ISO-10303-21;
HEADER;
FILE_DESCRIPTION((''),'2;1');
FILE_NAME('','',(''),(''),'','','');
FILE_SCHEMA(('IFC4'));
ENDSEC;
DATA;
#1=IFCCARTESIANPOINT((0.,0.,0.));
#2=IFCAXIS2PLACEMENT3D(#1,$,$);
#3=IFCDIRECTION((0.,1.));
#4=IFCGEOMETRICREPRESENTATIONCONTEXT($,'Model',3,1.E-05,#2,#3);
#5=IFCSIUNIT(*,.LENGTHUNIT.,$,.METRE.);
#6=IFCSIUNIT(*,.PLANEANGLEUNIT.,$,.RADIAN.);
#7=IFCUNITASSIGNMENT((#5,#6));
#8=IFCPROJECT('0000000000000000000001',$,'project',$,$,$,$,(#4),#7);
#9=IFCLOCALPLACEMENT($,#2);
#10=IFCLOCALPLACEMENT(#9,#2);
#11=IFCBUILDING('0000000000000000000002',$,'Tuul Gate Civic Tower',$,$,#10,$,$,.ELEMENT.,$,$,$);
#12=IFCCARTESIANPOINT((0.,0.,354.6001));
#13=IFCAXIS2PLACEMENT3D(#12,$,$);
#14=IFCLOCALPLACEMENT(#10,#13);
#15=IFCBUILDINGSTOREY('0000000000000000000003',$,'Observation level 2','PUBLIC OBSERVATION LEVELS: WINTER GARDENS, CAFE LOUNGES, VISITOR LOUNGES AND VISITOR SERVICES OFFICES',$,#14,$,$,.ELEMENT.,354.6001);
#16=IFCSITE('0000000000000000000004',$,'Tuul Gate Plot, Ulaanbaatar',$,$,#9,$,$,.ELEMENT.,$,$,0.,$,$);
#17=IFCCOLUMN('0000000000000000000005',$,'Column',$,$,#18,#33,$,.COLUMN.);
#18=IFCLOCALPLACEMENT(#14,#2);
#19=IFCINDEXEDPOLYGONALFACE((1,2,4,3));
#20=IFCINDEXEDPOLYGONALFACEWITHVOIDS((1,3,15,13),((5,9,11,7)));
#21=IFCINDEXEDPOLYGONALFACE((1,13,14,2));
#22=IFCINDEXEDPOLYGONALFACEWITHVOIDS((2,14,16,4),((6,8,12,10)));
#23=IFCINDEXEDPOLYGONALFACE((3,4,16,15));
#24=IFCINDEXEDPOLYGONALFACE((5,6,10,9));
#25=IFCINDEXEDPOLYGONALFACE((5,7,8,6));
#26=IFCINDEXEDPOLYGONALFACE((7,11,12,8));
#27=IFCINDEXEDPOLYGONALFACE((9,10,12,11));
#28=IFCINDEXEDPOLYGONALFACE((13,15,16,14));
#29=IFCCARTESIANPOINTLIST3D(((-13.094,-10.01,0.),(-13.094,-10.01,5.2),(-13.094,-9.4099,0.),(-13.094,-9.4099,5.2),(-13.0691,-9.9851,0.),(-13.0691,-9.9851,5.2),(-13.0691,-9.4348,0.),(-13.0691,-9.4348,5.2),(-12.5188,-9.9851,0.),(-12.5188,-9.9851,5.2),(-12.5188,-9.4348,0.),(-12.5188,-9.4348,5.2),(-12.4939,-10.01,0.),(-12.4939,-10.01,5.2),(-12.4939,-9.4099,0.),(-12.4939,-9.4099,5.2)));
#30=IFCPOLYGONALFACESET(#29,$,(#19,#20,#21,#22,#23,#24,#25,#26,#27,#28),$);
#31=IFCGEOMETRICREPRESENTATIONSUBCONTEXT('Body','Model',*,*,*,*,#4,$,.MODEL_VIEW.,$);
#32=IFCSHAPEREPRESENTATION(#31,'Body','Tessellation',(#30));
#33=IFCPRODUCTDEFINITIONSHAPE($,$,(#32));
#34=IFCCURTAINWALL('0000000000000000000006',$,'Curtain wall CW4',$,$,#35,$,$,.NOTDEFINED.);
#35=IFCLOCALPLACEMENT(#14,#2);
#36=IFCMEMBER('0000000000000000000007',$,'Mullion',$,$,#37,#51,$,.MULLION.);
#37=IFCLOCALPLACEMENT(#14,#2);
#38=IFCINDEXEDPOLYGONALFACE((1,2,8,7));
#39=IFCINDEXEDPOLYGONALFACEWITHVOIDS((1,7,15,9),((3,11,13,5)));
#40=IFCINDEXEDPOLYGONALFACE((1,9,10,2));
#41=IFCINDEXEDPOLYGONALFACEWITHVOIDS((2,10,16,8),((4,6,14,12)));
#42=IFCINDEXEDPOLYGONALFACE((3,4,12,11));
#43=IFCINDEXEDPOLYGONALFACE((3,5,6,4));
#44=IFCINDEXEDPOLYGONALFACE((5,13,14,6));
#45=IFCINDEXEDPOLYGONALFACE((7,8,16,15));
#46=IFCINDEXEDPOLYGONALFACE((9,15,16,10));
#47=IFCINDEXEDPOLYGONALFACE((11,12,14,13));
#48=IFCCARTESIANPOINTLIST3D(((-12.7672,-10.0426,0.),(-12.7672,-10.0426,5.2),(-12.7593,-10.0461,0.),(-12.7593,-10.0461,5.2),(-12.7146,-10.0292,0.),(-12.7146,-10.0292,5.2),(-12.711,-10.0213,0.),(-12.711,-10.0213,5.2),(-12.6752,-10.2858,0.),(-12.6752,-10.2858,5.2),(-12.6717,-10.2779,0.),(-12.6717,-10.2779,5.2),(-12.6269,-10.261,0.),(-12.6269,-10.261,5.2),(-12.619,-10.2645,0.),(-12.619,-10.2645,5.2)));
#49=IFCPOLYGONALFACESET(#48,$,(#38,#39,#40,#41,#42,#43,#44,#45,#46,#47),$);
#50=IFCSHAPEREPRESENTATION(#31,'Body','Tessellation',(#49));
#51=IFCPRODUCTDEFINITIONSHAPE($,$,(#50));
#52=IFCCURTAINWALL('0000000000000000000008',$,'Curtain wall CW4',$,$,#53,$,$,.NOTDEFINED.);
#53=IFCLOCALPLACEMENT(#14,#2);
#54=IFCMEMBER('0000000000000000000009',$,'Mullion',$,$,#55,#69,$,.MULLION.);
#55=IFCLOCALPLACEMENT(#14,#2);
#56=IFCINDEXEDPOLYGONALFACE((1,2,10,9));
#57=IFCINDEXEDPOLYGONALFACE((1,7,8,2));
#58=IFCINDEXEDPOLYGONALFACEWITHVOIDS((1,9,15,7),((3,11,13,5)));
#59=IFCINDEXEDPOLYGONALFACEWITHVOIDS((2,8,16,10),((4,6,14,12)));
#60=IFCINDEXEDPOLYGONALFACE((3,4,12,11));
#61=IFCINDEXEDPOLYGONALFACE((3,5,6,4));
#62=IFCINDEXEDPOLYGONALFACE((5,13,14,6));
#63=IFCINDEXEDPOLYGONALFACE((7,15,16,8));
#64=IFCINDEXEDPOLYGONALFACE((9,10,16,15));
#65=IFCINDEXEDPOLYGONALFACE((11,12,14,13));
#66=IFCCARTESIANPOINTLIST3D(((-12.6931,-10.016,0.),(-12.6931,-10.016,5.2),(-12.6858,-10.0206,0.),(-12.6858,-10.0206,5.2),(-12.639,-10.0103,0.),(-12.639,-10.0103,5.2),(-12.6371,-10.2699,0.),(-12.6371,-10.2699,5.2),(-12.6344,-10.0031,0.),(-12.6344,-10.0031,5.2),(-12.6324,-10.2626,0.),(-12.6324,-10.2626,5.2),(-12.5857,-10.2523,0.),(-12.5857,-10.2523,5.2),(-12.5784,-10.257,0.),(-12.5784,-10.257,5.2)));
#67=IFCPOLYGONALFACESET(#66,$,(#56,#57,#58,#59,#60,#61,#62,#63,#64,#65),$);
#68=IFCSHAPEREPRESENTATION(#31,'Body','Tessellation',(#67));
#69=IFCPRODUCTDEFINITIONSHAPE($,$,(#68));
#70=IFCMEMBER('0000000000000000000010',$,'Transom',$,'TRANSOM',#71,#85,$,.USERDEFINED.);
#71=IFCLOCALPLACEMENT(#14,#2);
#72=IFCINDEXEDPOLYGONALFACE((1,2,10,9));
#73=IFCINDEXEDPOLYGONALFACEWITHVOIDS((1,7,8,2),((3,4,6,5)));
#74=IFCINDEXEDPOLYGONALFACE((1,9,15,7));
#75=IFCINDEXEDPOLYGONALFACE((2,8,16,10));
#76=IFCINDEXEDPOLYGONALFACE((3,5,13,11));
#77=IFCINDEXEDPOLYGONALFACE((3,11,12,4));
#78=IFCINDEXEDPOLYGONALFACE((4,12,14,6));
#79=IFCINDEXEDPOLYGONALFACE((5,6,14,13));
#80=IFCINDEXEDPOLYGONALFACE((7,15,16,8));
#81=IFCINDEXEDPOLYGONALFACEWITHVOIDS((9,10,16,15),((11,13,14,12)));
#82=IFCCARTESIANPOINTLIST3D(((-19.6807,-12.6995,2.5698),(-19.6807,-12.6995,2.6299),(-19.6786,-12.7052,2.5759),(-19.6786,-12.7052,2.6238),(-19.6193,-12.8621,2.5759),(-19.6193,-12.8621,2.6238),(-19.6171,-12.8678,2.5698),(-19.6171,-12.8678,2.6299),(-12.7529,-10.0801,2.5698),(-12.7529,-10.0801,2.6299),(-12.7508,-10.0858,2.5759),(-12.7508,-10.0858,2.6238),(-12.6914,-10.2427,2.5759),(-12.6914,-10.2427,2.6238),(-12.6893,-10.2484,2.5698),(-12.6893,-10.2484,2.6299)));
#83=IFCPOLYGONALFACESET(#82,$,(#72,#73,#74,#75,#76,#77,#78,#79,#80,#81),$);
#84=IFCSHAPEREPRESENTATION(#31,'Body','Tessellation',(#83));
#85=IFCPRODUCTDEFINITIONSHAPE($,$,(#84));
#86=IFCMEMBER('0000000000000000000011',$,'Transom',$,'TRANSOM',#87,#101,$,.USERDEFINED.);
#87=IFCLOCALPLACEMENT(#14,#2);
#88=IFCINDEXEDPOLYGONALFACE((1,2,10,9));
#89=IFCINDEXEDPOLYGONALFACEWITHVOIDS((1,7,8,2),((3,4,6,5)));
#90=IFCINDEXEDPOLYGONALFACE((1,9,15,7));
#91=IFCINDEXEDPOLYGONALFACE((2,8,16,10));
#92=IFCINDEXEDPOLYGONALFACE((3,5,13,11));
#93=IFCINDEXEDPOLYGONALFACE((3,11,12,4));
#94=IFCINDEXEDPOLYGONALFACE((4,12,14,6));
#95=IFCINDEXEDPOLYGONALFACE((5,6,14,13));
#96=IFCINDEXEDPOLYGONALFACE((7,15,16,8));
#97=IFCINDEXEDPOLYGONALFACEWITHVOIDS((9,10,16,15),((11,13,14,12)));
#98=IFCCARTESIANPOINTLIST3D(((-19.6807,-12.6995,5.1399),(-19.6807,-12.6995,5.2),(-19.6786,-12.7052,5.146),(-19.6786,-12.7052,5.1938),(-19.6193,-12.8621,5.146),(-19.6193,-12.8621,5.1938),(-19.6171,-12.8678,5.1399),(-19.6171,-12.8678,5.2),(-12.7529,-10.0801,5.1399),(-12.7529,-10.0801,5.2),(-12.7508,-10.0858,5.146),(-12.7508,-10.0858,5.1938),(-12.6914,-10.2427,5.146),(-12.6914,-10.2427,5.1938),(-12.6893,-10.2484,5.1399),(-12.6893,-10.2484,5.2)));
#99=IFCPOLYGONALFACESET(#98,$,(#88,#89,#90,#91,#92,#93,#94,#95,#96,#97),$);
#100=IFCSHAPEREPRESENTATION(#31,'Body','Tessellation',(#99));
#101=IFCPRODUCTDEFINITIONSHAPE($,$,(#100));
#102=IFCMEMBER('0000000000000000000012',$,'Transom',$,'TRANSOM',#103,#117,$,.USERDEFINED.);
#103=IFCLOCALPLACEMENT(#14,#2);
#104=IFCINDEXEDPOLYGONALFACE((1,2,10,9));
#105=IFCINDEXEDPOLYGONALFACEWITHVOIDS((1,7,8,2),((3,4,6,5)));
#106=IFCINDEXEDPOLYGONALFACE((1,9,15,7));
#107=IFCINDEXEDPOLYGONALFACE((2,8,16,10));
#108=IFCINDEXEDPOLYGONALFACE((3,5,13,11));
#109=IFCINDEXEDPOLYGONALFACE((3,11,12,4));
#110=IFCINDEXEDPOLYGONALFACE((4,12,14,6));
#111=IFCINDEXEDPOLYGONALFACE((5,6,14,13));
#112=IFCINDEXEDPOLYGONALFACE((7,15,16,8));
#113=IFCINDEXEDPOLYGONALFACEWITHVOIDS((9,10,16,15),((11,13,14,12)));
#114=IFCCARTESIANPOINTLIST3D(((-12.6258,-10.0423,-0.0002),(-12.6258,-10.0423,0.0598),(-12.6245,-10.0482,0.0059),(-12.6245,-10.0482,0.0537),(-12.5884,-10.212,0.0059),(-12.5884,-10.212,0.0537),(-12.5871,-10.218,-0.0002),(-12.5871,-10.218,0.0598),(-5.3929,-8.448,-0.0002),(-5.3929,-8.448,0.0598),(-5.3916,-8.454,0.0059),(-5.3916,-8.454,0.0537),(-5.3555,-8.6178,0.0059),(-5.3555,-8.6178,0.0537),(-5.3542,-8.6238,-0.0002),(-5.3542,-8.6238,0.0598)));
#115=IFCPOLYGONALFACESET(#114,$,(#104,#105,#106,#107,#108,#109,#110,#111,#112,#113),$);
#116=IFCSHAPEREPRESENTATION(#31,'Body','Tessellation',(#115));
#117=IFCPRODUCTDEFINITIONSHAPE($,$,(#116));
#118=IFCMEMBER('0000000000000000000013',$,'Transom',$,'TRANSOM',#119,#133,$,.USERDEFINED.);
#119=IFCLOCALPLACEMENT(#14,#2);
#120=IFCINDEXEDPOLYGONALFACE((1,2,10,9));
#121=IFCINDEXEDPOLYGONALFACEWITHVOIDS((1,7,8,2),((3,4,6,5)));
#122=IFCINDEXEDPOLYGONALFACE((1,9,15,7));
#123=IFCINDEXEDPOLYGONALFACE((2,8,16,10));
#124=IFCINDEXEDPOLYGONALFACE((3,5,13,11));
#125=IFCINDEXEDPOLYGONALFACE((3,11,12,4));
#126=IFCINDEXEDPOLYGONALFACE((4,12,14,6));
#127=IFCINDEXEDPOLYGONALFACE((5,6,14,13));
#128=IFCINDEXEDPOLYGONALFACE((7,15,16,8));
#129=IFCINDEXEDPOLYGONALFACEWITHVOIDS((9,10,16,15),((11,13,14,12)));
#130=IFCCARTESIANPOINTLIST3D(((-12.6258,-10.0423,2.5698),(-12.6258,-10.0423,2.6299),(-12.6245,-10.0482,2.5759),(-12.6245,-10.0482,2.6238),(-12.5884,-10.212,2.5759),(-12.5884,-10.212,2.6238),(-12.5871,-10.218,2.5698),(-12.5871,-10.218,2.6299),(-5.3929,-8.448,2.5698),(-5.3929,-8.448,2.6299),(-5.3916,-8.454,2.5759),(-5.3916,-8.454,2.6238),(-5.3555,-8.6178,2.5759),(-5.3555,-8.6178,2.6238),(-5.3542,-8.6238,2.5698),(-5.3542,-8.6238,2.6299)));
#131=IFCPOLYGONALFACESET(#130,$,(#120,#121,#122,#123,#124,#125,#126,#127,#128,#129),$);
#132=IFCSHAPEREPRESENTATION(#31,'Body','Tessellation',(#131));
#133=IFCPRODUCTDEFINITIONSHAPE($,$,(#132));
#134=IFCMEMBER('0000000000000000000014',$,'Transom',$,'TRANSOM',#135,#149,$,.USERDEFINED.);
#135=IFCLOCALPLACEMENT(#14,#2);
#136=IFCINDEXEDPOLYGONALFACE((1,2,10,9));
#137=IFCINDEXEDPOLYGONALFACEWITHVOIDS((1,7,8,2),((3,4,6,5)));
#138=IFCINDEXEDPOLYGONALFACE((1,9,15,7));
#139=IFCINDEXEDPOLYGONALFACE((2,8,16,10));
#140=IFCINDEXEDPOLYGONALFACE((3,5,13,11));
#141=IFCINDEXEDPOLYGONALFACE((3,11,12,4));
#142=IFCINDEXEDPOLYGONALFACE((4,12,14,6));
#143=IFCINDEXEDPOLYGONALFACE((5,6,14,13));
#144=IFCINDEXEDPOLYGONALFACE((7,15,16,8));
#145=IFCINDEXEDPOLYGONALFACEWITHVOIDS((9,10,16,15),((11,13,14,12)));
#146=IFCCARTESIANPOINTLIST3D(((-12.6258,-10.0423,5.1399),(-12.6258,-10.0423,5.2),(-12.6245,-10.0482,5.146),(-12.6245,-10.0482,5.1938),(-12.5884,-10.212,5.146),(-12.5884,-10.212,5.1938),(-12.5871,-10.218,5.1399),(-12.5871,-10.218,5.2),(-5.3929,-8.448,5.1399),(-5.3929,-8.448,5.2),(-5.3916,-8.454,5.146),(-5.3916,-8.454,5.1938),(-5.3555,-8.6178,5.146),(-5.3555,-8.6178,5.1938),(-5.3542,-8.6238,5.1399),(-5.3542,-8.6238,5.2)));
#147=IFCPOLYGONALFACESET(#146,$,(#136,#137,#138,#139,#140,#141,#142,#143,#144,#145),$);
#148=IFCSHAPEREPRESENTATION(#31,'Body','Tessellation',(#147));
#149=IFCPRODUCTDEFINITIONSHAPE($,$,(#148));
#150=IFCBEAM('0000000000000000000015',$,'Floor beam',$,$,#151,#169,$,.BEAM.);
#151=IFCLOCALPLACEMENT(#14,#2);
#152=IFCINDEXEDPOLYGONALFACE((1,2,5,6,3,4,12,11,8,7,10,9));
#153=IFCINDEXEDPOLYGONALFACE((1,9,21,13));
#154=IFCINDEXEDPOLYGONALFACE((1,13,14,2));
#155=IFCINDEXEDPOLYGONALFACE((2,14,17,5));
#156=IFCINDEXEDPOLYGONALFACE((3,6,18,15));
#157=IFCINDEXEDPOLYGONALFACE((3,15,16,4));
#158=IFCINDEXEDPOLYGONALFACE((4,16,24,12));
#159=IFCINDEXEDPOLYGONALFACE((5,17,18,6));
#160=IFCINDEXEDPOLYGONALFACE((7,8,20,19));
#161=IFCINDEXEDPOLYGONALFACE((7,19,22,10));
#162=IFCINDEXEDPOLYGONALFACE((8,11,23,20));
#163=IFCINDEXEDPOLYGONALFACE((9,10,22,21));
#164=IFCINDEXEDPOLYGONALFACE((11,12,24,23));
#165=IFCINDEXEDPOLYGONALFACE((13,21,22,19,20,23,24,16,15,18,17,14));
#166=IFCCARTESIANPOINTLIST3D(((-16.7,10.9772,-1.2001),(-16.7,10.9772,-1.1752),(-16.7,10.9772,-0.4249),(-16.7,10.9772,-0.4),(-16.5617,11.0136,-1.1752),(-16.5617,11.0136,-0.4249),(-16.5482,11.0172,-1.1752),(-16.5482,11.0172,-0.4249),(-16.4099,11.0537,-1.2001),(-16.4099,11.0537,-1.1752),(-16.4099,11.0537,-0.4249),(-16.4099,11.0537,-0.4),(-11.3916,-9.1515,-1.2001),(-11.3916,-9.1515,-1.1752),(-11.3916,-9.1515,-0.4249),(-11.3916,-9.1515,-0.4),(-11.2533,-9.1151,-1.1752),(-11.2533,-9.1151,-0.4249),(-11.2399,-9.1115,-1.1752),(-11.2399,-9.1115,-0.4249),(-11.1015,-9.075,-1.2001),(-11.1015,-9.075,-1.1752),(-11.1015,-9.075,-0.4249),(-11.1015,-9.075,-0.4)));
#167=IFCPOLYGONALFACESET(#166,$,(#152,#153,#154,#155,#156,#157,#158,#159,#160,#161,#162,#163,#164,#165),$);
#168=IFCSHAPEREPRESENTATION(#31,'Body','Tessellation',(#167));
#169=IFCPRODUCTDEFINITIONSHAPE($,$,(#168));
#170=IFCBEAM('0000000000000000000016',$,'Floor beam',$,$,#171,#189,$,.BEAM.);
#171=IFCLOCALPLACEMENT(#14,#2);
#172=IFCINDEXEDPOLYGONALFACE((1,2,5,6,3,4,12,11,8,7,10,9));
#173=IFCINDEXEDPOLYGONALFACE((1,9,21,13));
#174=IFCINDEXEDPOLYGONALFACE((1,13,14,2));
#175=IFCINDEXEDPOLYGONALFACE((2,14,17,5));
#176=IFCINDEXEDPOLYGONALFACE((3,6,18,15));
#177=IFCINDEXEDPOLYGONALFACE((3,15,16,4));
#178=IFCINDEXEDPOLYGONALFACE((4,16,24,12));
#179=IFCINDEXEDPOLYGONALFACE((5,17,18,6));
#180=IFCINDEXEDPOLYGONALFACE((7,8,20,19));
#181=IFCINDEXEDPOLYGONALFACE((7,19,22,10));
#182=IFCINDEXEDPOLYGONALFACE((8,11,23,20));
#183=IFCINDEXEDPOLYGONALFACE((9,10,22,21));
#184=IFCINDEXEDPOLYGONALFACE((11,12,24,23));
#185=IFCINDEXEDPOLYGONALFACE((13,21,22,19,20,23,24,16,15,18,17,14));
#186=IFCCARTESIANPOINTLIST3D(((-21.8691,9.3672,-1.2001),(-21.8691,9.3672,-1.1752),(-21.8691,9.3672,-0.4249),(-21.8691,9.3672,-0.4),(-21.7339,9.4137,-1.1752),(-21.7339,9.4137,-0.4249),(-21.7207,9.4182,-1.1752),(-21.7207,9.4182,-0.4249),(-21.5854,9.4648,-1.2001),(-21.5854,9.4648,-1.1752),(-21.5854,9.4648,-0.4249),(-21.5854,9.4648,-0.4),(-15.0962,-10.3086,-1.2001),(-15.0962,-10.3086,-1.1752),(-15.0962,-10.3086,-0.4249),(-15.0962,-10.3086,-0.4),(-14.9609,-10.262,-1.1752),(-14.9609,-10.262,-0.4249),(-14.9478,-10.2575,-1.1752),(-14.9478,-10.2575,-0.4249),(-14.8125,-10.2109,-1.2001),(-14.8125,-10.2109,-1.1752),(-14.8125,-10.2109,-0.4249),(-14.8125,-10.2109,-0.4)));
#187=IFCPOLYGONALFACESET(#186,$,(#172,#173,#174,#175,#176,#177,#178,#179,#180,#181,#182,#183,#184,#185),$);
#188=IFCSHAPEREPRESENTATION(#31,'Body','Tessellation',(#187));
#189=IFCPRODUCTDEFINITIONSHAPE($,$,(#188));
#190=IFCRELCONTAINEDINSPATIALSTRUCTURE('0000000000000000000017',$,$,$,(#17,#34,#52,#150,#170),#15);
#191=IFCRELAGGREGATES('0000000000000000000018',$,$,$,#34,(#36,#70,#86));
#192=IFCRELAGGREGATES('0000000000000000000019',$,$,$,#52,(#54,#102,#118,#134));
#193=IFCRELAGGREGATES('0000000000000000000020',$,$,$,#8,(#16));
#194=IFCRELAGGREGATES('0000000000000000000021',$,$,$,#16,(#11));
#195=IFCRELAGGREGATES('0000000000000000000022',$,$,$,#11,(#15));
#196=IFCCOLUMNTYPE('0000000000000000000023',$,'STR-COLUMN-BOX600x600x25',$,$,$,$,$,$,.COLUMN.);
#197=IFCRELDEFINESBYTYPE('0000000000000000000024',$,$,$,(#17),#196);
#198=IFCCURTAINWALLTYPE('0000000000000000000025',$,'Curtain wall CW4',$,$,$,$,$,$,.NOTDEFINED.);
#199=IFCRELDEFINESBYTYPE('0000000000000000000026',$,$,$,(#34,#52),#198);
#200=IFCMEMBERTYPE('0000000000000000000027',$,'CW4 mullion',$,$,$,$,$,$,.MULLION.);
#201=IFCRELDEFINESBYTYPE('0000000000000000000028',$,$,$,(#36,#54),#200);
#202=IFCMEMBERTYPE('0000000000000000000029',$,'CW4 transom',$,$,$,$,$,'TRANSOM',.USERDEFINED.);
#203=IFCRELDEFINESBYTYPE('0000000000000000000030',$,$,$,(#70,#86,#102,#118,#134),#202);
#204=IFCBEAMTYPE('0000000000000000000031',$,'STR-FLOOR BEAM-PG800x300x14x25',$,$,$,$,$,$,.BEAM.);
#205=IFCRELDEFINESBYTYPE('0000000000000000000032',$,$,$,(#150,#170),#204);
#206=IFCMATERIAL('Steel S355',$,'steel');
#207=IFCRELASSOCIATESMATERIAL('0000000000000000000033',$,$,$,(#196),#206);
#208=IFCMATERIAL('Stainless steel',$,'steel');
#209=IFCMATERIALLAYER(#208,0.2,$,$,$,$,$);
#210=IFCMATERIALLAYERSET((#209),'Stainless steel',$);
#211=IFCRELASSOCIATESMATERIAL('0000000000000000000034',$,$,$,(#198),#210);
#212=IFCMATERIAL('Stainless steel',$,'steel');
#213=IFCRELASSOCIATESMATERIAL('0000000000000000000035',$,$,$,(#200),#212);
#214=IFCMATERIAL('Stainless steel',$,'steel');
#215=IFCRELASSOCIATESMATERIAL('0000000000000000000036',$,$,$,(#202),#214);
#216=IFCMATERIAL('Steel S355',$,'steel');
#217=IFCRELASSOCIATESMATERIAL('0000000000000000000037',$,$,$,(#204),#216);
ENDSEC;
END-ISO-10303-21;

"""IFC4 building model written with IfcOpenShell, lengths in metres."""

from ifc_helpers import new_model, si_unit, direction, frame, origin, origin_2d, place, context, subcontext, project, spatial, hollow_rectangle, i_section, extrude, material, layer, layer_set, material_profile, profile_set, type_object, element, aggregate, save


model = new_model("IFC4")

# Units and contexts
model_context = context("Model", 3, precision=1e-05, world=origin(), true_north=direction((0.0, 1.0)))
body_context = subcontext(model_context, "Body", "Model", "MODEL_VIEW")
ifc_project = project(units=[si_unit("LENGTHUNIT", "METRE"), si_unit("PLANEANGLEUNIT", "RADIAN")], contexts=[model_context])

# Site, building, storey
site_placement = place(None, origin())
site = spatial("IfcSite", under=ifc_project, at=site_placement, Name="Tuul Gate Plot, Ulaanbaatar", CompositionType="ELEMENT", RefElevation=0.0)
building_placement = place(site_placement, origin())
building = spatial("IfcBuilding", under=site, at=building_placement, Name="Tuul Gate Civic Tower", CompositionType="ELEMENT")
storey_placement = place(building_placement, frame((0.0, 0.0, 354.6001)))
storey = spatial("IfcBuildingStorey", under=building, at=storey_placement, Name="Observation level 2", Description="PUBLIC OBSERVATION LEVELS: WINTER GARDENS, CAFE LOUNGES, VISITOR LOUNGES AND VISITOR SERVICES OFFICES", CompositionType="ELEMENT", Elevation=354.6001)

# Column
ifc_material_1 = material(Name="Steel S355", Category="steel")
ifc_material_profile_1 = material_profile(ifc_material_1, hollow_rectangle(XDim=0.6001, YDim=0.6001, WallThickness=0.0249, at=origin_2d()), Name="BOX600x600x25")
ifc_profile_set_1 = profile_set([ifc_material_profile_1], Name="Steel S355")
column_type = type_object("IfcColumnType", Name="STR-COLUMN-BOX600x600x25", PredefinedType="COLUMN", material=ifc_profile_set_1)
column_placement = place(storey_placement, frame((-12.7939, -9.71, 0.0), z_axis=(0.0, 0.0, 1.0), x_axis=(1.0, 0.0, 0.0)))
element("IfcColumn", 1, at=column_placement, inside=storey, type_object=column_type, Name="Column", PredefinedType="COLUMN", context=body_context, shape_type="SweptSolid", body=[
    extrude(hollow_rectangle(XDim=0.6001, YDim=0.6001, WallThickness=0.0249, at=origin_2d()), origin(), (0.0, 0.0, 1.0), 5.2),
])

# Curtain walls, members
ifc_material_2 = material(Name="Stainless steel", Category="steel")
ifc_layer_1 = layer(ifc_material_2, 0.2)
ifc_layer_set_1 = layer_set([ifc_layer_1], Name="Stainless steel")
curtain_wall_type = type_object("IfcCurtainWallType", Name="Curtain wall CW4", PredefinedType="NOTDEFINED", material=ifc_layer_set_1)
curtain_wall_1_placement = place(storey_placement, origin())
curtain_wall_1 = element("IfcCurtainWall", 2, at=curtain_wall_1_placement, inside=storey, type_object=curtain_wall_type, Name="Curtain wall CW4", PredefinedType="NOTDEFINED")
ifc_material_3 = material(Name="Stainless steel", Category="steel")
ifc_material_profile_2 = material_profile(ifc_material_3, hollow_rectangle(XDim=0.26, YDim=0.0601, WallThickness=0.0061, at=origin_2d()), Name="CW4 mullion")
ifc_profile_set_2 = profile_set([ifc_material_profile_2], Name="Stainless steel")
member_type_1 = type_object("IfcMemberType", Name="CW4 mullion", PredefinedType="MULLION", material=ifc_profile_set_2)
member_1_placement = place(storey_placement, frame((-12.6931, -10.1536, 0.0), z_axis=(0.0, 0.0, 1.0), x_axis=(-0.353685, 0.935365, 0.0)))
member_1 = element("IfcMember", 3, at=member_1_placement, type_object=member_type_1, Name="Mullion", PredefinedType="MULLION", context=body_context, shape_type="SweptSolid", body=[
    extrude(hollow_rectangle(XDim=0.26, YDim=0.0601, WallThickness=0.0061, at=origin_2d()), origin(), (0.0, 0.0, 1.0), 5.2),
])
curtain_wall_2_placement = place(storey_placement, origin())
curtain_wall_2 = element("IfcCurtainWall", 4, at=curtain_wall_2_placement, inside=storey, type_object=curtain_wall_type, Name="Curtain wall CW4", PredefinedType="NOTDEFINED")
member_2_placement = place(storey_placement, frame((-12.6357, -10.1365, 0.0), z_axis=(0.0, 0.0, 1.0), x_axis=(-0.215242, 0.976561, 0.0)))
member_2 = element("IfcMember", 5, at=member_2_placement, type_object=member_type_1, Name="Mullion", PredefinedType="MULLION", context=body_context, shape_type="SweptSolid", body=[
    extrude(hollow_rectangle(XDim=0.26, YDim=0.0601, WallThickness=0.0061, at=origin_2d()), origin(), (0.0, 0.0, 1.0), 5.2),
])

# Members
ifc_material_4 = material(Name="Stainless steel", Category="steel")
ifc_material_profile_3 = material_profile(ifc_material_4, hollow_rectangle(XDim=0.1799, YDim=0.0601, WallThickness=0.0061, at=origin_2d()), Name="CW4 transom")
ifc_profile_set_3 = profile_set([ifc_material_profile_3], Name="Stainless steel")
member_type_2 = type_object("IfcMemberType", Name="CW4 transom", ElementType="TRANSOM", PredefinedType="USERDEFINED", material=ifc_profile_set_3)
member_3_placement = place(storey_placement, frame((-19.6489, -12.7837, 2.5999), z_axis=(0.935372, 0.353665, 0.0), x_axis=(-0.353665, 0.935372, 0.0)))
member_3 = element("IfcMember", 6, at=member_3_placement, type_object=member_type_2, Name="Transom", ObjectType="TRANSOM", PredefinedType="USERDEFINED", context=body_context, shape_type="SweptSolid", body=[
    extrude(hollow_rectangle(XDim=0.1799, YDim=0.0601, WallThickness=0.0061, at=origin_2d()), origin(), (0.0, 0.0, 1.0), 7.4065),
])
member_4_placement = place(storey_placement, frame((-19.6489, -12.7837, 5.1699), z_axis=(0.935372, 0.353665, 0.0), x_axis=(-0.353665, 0.935372, 0.0)))
member_4 = element("IfcMember", 7, at=member_4_placement, type_object=member_type_2, Name="Transom", ObjectType="TRANSOM", PredefinedType="USERDEFINED", context=body_context, shape_type="SweptSolid", body=[
    extrude(hollow_rectangle(XDim=0.1799, YDim=0.0601, WallThickness=0.0061, at=origin_2d()), origin(), (0.0, 0.0, 1.0), 7.4065),
])
member_5_placement = place(storey_placement, frame((-12.6064, -10.1301, 0.0298), z_axis=(0.976559, 0.215248, 0.0), x_axis=(-0.215248, 0.976559, 0.0)))
member_5 = element("IfcMember", 8, at=member_5_placement, type_object=member_type_2, Name="Transom", ObjectType="TRANSOM", PredefinedType="USERDEFINED", context=body_context, shape_type="SweptSolid", body=[
    extrude(hollow_rectangle(XDim=0.1799, YDim=0.0601, WallThickness=0.0061, at=origin_2d()), origin(), (0.0, 0.0, 1.0), 7.4065),
])
member_6_placement = place(storey_placement, frame((-12.6064, -10.1301, 2.5999), z_axis=(0.976559, 0.215248, 0.0), x_axis=(-0.215248, 0.976559, 0.0)))
member_6 = element("IfcMember", 9, at=member_6_placement, type_object=member_type_2, Name="Transom", ObjectType="TRANSOM", PredefinedType="USERDEFINED", context=body_context, shape_type="SweptSolid", body=[
    extrude(hollow_rectangle(XDim=0.1799, YDim=0.0601, WallThickness=0.0061, at=origin_2d()), origin(), (0.0, 0.0, 1.0), 7.4065),
])
member_7_placement = place(storey_placement, frame((-12.6064, -10.1301, 5.1699), z_axis=(0.976559, 0.215248, 0.0), x_axis=(-0.215248, 0.976559, 0.0)))
member_7 = element("IfcMember", 10, at=member_7_placement, type_object=member_type_2, Name="Transom", ObjectType="TRANSOM", PredefinedType="USERDEFINED", context=body_context, shape_type="SweptSolid", body=[
    extrude(hollow_rectangle(XDim=0.1799, YDim=0.0601, WallThickness=0.0061, at=origin_2d()), origin(), (0.0, 0.0, 1.0), 7.4065),
])

# Beams
ifc_material_5 = material(Name="Steel S355", Category="steel")
ifc_material_profile_4 = material_profile(ifc_material_5, i_section(OverallWidth=0.3, OverallDepth=0.8, WebThickness=0.0139, FlangeThickness=0.0249, at=origin_2d()), Name="PG800x300x14x25")
ifc_profile_set_4 = profile_set([ifc_material_profile_4], Name="Steel S355")
beam_type_1 = type_object("IfcBeamType", Name="STR-FLOOR BEAM-PG800x300x14x25", PredefinedType="BEAM", material=ifc_profile_set_4)
beam_1_placement = place(storey_placement, frame((-11.2466, -9.1133, -0.8), z_axis=(-0.255002, 0.96694, 0.0), x_axis=(-0.96694, -0.255002, 0.0)))
element("IfcBeam", 11, at=beam_1_placement, inside=storey, type_object=beam_type_1, Name="Floor beam", PredefinedType="BEAM", context=body_context, shape_type="SweptSolid", body=[
    extrude(i_section(OverallWidth=0.3, OverallDepth=0.8, WebThickness=0.0139, FlangeThickness=0.0249, at=origin_2d()), origin(), (0.0, 0.0, 1.0), 20.8169),
])
beam_2_placement = place(storey_placement, frame((-14.9543, -10.2598, -0.8), z_axis=(-0.325484, 0.945548, 0.0), x_axis=(-0.945548, -0.325484, 0.0)))
element("IfcBeam", 12, at=beam_2_placement, inside=storey, type_object=beam_type_1, Name="Floor beam", PredefinedType="BEAM", context=body_context, shape_type="SweptSolid", body=[
    extrude(i_section(OverallWidth=0.3, OverallDepth=0.8, WebThickness=0.0139, FlangeThickness=0.0249, at=origin_2d()), origin(), (0.0, 0.0, 1.0), 20.8088),
])

aggregate(curtain_wall_1, [member_1, member_3, member_4])
aggregate(curtain_wall_2, [member_2, member_5, member_6, member_7])

save(model, "model.ifc")
